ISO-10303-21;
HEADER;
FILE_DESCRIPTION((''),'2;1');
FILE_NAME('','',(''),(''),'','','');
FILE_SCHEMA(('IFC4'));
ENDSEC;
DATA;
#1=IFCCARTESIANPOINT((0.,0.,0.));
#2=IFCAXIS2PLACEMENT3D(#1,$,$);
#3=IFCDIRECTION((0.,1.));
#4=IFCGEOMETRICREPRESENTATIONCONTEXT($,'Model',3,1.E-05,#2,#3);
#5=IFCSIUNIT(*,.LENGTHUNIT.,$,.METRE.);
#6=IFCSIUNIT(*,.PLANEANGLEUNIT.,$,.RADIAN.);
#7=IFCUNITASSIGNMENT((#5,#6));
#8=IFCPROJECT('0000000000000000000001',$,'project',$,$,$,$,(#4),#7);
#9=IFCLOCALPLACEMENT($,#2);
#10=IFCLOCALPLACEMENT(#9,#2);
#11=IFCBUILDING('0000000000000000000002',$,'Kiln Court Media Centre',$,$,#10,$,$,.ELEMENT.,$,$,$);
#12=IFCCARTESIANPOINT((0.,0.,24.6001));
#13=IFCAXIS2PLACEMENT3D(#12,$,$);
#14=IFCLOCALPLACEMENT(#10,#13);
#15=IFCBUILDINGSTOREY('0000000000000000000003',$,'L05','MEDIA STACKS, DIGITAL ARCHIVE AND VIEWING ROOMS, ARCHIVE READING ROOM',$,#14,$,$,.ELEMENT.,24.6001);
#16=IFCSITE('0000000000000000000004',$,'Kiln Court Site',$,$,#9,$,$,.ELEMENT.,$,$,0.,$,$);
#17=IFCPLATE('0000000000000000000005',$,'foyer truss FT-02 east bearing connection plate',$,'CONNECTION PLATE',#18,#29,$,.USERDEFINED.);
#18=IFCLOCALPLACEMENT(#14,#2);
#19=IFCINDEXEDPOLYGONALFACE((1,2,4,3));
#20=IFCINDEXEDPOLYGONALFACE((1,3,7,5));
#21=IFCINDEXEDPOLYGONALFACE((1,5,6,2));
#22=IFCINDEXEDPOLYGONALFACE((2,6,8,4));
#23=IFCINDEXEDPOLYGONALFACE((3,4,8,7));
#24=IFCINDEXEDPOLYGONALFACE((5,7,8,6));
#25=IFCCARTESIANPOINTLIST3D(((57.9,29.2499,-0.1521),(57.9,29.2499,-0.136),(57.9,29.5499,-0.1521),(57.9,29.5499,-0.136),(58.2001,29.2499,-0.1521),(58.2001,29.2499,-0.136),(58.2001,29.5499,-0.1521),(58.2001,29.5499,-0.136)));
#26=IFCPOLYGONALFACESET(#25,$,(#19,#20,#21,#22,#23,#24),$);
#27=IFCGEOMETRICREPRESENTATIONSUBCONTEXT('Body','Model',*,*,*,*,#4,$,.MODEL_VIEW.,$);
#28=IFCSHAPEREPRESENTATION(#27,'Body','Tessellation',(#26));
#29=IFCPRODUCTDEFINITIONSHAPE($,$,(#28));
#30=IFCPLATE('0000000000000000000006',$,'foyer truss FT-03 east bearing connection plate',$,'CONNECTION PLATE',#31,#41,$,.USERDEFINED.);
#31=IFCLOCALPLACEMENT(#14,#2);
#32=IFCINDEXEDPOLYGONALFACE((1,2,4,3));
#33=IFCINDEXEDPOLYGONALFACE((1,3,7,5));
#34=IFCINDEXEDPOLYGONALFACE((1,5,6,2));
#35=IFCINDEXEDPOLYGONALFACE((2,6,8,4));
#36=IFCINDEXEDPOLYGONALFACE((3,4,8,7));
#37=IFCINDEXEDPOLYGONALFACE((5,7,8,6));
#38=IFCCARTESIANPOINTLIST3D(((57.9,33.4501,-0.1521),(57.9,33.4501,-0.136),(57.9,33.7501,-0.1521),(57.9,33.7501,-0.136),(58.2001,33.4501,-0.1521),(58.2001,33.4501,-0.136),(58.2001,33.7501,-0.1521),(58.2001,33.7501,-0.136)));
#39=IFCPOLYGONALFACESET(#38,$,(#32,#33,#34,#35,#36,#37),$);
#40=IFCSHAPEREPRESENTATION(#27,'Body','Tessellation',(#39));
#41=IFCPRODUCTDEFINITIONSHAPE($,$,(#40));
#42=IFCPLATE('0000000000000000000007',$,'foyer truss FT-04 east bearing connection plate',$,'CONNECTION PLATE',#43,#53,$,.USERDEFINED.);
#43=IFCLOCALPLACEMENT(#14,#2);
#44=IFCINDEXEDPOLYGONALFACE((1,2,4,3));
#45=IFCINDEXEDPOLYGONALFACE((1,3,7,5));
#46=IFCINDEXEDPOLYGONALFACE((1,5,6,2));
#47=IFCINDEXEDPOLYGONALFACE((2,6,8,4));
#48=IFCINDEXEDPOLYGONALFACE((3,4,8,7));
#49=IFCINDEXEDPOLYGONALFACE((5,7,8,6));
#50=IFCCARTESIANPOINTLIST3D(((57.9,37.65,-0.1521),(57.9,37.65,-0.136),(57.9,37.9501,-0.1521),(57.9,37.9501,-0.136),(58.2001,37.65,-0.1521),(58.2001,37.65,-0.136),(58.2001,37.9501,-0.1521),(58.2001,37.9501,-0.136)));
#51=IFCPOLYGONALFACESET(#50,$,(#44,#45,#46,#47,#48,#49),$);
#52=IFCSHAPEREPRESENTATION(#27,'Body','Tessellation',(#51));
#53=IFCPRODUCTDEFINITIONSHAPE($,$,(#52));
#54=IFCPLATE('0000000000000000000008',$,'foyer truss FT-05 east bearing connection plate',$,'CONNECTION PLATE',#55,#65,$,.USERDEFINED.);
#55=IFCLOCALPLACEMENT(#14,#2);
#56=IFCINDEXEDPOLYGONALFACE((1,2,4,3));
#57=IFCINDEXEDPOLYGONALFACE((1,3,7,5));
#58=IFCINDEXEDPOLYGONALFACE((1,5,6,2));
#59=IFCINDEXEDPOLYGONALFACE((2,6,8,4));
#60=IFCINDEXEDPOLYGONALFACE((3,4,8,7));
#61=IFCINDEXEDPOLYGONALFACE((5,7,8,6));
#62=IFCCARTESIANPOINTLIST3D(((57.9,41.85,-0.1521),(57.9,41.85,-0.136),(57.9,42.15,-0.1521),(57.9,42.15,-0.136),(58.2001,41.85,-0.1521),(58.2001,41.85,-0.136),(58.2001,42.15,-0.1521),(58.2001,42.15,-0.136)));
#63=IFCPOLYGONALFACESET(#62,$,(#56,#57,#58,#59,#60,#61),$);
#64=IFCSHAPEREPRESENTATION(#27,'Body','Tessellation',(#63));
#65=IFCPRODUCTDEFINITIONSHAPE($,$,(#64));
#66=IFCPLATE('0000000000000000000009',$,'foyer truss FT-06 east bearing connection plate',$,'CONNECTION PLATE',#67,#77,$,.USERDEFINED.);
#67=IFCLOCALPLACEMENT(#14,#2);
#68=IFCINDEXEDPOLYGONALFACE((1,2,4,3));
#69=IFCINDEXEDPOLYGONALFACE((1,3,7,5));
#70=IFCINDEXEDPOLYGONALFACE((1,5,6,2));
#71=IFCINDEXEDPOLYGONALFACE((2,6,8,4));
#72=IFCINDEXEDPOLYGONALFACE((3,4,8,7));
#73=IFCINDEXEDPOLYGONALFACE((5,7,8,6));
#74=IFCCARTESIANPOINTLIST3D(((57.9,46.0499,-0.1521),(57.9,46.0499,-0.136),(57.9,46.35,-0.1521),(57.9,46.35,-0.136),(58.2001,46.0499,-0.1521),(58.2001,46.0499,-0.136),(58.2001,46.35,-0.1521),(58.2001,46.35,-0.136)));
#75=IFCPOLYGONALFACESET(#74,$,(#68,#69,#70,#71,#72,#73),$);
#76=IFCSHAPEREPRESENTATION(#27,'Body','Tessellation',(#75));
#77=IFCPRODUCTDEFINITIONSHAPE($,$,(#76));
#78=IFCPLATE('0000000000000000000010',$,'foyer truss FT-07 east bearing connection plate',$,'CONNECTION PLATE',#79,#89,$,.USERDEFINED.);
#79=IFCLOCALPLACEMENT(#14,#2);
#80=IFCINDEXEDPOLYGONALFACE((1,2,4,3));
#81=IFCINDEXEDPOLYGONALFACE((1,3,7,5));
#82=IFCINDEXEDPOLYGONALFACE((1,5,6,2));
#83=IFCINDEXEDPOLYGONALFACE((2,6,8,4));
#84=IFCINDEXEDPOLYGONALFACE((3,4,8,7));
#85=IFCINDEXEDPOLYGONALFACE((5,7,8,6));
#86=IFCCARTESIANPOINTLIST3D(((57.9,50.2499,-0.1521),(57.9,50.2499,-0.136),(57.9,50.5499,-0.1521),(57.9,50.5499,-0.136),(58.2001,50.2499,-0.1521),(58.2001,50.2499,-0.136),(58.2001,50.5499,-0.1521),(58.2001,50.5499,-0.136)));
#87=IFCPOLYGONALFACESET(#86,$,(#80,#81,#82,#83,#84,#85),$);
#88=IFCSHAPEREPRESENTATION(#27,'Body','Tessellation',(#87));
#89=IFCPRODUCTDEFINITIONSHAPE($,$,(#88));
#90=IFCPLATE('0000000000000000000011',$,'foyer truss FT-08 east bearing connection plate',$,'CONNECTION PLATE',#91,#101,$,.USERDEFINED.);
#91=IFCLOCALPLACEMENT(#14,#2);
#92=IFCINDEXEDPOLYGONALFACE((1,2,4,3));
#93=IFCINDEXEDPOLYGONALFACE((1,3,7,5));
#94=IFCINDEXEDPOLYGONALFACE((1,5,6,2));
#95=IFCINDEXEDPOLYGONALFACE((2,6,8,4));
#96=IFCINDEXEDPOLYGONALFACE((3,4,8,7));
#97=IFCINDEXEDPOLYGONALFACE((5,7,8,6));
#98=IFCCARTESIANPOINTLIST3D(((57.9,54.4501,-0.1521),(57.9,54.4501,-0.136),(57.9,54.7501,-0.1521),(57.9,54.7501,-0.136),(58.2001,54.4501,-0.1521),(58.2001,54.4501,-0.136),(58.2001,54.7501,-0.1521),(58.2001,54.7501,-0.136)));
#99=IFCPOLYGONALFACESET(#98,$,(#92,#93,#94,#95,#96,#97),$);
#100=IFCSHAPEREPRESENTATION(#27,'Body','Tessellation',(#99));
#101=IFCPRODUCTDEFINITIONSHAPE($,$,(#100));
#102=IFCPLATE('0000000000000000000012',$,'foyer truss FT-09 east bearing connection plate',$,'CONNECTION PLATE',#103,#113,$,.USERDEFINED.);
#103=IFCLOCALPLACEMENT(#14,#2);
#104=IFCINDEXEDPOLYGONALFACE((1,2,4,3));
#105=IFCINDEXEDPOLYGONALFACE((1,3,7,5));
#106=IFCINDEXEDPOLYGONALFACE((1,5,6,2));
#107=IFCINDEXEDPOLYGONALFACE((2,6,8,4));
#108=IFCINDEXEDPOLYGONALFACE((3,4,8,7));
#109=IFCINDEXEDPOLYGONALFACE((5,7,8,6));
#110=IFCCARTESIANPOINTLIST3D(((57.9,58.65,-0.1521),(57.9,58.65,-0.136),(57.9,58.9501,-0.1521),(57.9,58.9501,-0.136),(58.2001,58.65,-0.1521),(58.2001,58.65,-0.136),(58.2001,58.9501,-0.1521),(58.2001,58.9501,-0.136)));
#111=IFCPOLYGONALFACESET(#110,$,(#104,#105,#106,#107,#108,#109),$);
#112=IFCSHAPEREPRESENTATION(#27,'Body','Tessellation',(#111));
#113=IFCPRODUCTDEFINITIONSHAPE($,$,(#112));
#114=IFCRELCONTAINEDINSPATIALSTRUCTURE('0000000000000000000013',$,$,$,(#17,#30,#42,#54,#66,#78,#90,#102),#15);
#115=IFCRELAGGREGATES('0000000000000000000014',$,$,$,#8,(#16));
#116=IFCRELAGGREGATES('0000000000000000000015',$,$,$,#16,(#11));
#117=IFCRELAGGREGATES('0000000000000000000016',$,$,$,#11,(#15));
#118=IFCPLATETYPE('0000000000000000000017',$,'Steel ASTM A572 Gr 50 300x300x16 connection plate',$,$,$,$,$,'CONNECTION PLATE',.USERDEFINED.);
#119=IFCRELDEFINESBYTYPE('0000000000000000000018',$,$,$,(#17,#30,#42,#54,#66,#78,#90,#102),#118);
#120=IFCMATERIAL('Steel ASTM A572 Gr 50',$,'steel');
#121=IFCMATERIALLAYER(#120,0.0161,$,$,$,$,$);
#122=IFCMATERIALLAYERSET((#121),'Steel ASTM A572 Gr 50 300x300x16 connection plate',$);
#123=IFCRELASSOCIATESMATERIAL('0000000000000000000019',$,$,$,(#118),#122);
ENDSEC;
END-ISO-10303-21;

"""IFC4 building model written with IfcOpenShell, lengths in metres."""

from ifc_helpers import new_model, si_unit, direction, frame, origin, origin_2d, place, context, subcontext, project, spatial, rectangle, extrude, material, layer, layer_set, type_object, element, save


model = new_model("IFC4")

# Units and contexts
model_context = context("Model", 3, precision=1e-05, world=origin(), true_north=direction((0.0, 1.0)))
body_context = subcontext(model_context, "Body", "Model", "MODEL_VIEW")
ifc_project = project(units=[si_unit("LENGTHUNIT", "METRE"), si_unit("PLANEANGLEUNIT", "RADIAN")], contexts=[model_context])

# Site, building, storey
site_placement = place(None, origin())
site = spatial("IfcSite", under=ifc_project, at=site_placement, Name="Kiln Court Site", CompositionType="ELEMENT", RefElevation=0.0)
building_placement = place(site_placement, origin())
building = spatial("IfcBuilding", under=site, at=building_placement, Name="Kiln Court Media Centre", CompositionType="ELEMENT")
storey_placement = place(building_placement, frame((0.0, 0.0, 24.6001)))
storey = spatial("IfcBuildingStorey", under=building, at=storey_placement, Name="L05", Description="MEDIA STACKS, DIGITAL ARCHIVE AND VIEWING ROOMS, ARCHIVE READING ROOM", CompositionType="ELEMENT", Elevation=24.6001)

# Plates
ifc_material_1 = material(Name="Steel ASTM A572 Gr 50", Category="steel")
ifc_layer_1 = layer(ifc_material_1, 0.0161)
ifc_layer_set_1 = layer_set([ifc_layer_1], Name="Steel ASTM A572 Gr 50 300x300x16 connection plate")
plate_type_1 = type_object("IfcPlateType", Name="Steel ASTM A572 Gr 50 300x300x16 connection plate", ElementType="CONNECTION PLATE", PredefinedType="USERDEFINED", material=ifc_layer_set_1)
for number, where, z_axis, x_axis, name in (
    (1, (58.05, 29.3999, -0.1521), (0.0, 0.0, 1.0), (1.0, 0.0, 0.0), "foyer truss FT-02 east bearing connection plate"),
    (2, (58.05, 33.6001, -0.1521), (0.0, 0.0, 1.0), (1.0, 0.0, 0.0), "foyer truss FT-03 east bearing connection plate"),
    (3, (58.05, 37.8, -0.1521), (0.0, 0.0, 1.0), (1.0, 0.0, 0.0), "foyer truss FT-04 east bearing connection plate"),
    (4, (58.05, 42.0, -0.1521), (0.0, 0.0, 1.0), (1.0, 0.0, 0.0), "foyer truss FT-05 east bearing connection plate"),
    (5, (58.05, 46.2, -0.1521), (0.0, 0.0, 1.0), (1.0, 0.0, 0.0), "foyer truss FT-06 east bearing connection plate"),
    (6, (58.05, 50.3999, -0.1521), (0.0, 0.0, 1.0), (1.0, 0.0, 0.0), "foyer truss FT-07 east bearing connection plate"),
    (7, (58.05, 54.6001, -0.1521), (0.0, 0.0, 1.0), (1.0, 0.0, 0.0), "foyer truss FT-08 east bearing connection plate"),
    (8, (58.05, 58.8, -0.1521), (0.0, 0.0, 1.0), (1.0, 0.0, 0.0), "foyer truss FT-09 east bearing connection plate"),
):
    element("IfcPlate", number, at=place(storey_placement, frame(where, z_axis=z_axis, x_axis=x_axis)), inside=storey, type_object=plate_type_1, Name=name, ObjectType="CONNECTION PLATE", PredefinedType="USERDEFINED", context=body_context, shape_type="SweptSolid", body=[
        extrude(rectangle(XDim=0.3, YDim=0.3, at=origin_2d()), origin(), (0.0, 0.0, 1.0), 0.0161),
    ])

save(model, "model.ifc")
